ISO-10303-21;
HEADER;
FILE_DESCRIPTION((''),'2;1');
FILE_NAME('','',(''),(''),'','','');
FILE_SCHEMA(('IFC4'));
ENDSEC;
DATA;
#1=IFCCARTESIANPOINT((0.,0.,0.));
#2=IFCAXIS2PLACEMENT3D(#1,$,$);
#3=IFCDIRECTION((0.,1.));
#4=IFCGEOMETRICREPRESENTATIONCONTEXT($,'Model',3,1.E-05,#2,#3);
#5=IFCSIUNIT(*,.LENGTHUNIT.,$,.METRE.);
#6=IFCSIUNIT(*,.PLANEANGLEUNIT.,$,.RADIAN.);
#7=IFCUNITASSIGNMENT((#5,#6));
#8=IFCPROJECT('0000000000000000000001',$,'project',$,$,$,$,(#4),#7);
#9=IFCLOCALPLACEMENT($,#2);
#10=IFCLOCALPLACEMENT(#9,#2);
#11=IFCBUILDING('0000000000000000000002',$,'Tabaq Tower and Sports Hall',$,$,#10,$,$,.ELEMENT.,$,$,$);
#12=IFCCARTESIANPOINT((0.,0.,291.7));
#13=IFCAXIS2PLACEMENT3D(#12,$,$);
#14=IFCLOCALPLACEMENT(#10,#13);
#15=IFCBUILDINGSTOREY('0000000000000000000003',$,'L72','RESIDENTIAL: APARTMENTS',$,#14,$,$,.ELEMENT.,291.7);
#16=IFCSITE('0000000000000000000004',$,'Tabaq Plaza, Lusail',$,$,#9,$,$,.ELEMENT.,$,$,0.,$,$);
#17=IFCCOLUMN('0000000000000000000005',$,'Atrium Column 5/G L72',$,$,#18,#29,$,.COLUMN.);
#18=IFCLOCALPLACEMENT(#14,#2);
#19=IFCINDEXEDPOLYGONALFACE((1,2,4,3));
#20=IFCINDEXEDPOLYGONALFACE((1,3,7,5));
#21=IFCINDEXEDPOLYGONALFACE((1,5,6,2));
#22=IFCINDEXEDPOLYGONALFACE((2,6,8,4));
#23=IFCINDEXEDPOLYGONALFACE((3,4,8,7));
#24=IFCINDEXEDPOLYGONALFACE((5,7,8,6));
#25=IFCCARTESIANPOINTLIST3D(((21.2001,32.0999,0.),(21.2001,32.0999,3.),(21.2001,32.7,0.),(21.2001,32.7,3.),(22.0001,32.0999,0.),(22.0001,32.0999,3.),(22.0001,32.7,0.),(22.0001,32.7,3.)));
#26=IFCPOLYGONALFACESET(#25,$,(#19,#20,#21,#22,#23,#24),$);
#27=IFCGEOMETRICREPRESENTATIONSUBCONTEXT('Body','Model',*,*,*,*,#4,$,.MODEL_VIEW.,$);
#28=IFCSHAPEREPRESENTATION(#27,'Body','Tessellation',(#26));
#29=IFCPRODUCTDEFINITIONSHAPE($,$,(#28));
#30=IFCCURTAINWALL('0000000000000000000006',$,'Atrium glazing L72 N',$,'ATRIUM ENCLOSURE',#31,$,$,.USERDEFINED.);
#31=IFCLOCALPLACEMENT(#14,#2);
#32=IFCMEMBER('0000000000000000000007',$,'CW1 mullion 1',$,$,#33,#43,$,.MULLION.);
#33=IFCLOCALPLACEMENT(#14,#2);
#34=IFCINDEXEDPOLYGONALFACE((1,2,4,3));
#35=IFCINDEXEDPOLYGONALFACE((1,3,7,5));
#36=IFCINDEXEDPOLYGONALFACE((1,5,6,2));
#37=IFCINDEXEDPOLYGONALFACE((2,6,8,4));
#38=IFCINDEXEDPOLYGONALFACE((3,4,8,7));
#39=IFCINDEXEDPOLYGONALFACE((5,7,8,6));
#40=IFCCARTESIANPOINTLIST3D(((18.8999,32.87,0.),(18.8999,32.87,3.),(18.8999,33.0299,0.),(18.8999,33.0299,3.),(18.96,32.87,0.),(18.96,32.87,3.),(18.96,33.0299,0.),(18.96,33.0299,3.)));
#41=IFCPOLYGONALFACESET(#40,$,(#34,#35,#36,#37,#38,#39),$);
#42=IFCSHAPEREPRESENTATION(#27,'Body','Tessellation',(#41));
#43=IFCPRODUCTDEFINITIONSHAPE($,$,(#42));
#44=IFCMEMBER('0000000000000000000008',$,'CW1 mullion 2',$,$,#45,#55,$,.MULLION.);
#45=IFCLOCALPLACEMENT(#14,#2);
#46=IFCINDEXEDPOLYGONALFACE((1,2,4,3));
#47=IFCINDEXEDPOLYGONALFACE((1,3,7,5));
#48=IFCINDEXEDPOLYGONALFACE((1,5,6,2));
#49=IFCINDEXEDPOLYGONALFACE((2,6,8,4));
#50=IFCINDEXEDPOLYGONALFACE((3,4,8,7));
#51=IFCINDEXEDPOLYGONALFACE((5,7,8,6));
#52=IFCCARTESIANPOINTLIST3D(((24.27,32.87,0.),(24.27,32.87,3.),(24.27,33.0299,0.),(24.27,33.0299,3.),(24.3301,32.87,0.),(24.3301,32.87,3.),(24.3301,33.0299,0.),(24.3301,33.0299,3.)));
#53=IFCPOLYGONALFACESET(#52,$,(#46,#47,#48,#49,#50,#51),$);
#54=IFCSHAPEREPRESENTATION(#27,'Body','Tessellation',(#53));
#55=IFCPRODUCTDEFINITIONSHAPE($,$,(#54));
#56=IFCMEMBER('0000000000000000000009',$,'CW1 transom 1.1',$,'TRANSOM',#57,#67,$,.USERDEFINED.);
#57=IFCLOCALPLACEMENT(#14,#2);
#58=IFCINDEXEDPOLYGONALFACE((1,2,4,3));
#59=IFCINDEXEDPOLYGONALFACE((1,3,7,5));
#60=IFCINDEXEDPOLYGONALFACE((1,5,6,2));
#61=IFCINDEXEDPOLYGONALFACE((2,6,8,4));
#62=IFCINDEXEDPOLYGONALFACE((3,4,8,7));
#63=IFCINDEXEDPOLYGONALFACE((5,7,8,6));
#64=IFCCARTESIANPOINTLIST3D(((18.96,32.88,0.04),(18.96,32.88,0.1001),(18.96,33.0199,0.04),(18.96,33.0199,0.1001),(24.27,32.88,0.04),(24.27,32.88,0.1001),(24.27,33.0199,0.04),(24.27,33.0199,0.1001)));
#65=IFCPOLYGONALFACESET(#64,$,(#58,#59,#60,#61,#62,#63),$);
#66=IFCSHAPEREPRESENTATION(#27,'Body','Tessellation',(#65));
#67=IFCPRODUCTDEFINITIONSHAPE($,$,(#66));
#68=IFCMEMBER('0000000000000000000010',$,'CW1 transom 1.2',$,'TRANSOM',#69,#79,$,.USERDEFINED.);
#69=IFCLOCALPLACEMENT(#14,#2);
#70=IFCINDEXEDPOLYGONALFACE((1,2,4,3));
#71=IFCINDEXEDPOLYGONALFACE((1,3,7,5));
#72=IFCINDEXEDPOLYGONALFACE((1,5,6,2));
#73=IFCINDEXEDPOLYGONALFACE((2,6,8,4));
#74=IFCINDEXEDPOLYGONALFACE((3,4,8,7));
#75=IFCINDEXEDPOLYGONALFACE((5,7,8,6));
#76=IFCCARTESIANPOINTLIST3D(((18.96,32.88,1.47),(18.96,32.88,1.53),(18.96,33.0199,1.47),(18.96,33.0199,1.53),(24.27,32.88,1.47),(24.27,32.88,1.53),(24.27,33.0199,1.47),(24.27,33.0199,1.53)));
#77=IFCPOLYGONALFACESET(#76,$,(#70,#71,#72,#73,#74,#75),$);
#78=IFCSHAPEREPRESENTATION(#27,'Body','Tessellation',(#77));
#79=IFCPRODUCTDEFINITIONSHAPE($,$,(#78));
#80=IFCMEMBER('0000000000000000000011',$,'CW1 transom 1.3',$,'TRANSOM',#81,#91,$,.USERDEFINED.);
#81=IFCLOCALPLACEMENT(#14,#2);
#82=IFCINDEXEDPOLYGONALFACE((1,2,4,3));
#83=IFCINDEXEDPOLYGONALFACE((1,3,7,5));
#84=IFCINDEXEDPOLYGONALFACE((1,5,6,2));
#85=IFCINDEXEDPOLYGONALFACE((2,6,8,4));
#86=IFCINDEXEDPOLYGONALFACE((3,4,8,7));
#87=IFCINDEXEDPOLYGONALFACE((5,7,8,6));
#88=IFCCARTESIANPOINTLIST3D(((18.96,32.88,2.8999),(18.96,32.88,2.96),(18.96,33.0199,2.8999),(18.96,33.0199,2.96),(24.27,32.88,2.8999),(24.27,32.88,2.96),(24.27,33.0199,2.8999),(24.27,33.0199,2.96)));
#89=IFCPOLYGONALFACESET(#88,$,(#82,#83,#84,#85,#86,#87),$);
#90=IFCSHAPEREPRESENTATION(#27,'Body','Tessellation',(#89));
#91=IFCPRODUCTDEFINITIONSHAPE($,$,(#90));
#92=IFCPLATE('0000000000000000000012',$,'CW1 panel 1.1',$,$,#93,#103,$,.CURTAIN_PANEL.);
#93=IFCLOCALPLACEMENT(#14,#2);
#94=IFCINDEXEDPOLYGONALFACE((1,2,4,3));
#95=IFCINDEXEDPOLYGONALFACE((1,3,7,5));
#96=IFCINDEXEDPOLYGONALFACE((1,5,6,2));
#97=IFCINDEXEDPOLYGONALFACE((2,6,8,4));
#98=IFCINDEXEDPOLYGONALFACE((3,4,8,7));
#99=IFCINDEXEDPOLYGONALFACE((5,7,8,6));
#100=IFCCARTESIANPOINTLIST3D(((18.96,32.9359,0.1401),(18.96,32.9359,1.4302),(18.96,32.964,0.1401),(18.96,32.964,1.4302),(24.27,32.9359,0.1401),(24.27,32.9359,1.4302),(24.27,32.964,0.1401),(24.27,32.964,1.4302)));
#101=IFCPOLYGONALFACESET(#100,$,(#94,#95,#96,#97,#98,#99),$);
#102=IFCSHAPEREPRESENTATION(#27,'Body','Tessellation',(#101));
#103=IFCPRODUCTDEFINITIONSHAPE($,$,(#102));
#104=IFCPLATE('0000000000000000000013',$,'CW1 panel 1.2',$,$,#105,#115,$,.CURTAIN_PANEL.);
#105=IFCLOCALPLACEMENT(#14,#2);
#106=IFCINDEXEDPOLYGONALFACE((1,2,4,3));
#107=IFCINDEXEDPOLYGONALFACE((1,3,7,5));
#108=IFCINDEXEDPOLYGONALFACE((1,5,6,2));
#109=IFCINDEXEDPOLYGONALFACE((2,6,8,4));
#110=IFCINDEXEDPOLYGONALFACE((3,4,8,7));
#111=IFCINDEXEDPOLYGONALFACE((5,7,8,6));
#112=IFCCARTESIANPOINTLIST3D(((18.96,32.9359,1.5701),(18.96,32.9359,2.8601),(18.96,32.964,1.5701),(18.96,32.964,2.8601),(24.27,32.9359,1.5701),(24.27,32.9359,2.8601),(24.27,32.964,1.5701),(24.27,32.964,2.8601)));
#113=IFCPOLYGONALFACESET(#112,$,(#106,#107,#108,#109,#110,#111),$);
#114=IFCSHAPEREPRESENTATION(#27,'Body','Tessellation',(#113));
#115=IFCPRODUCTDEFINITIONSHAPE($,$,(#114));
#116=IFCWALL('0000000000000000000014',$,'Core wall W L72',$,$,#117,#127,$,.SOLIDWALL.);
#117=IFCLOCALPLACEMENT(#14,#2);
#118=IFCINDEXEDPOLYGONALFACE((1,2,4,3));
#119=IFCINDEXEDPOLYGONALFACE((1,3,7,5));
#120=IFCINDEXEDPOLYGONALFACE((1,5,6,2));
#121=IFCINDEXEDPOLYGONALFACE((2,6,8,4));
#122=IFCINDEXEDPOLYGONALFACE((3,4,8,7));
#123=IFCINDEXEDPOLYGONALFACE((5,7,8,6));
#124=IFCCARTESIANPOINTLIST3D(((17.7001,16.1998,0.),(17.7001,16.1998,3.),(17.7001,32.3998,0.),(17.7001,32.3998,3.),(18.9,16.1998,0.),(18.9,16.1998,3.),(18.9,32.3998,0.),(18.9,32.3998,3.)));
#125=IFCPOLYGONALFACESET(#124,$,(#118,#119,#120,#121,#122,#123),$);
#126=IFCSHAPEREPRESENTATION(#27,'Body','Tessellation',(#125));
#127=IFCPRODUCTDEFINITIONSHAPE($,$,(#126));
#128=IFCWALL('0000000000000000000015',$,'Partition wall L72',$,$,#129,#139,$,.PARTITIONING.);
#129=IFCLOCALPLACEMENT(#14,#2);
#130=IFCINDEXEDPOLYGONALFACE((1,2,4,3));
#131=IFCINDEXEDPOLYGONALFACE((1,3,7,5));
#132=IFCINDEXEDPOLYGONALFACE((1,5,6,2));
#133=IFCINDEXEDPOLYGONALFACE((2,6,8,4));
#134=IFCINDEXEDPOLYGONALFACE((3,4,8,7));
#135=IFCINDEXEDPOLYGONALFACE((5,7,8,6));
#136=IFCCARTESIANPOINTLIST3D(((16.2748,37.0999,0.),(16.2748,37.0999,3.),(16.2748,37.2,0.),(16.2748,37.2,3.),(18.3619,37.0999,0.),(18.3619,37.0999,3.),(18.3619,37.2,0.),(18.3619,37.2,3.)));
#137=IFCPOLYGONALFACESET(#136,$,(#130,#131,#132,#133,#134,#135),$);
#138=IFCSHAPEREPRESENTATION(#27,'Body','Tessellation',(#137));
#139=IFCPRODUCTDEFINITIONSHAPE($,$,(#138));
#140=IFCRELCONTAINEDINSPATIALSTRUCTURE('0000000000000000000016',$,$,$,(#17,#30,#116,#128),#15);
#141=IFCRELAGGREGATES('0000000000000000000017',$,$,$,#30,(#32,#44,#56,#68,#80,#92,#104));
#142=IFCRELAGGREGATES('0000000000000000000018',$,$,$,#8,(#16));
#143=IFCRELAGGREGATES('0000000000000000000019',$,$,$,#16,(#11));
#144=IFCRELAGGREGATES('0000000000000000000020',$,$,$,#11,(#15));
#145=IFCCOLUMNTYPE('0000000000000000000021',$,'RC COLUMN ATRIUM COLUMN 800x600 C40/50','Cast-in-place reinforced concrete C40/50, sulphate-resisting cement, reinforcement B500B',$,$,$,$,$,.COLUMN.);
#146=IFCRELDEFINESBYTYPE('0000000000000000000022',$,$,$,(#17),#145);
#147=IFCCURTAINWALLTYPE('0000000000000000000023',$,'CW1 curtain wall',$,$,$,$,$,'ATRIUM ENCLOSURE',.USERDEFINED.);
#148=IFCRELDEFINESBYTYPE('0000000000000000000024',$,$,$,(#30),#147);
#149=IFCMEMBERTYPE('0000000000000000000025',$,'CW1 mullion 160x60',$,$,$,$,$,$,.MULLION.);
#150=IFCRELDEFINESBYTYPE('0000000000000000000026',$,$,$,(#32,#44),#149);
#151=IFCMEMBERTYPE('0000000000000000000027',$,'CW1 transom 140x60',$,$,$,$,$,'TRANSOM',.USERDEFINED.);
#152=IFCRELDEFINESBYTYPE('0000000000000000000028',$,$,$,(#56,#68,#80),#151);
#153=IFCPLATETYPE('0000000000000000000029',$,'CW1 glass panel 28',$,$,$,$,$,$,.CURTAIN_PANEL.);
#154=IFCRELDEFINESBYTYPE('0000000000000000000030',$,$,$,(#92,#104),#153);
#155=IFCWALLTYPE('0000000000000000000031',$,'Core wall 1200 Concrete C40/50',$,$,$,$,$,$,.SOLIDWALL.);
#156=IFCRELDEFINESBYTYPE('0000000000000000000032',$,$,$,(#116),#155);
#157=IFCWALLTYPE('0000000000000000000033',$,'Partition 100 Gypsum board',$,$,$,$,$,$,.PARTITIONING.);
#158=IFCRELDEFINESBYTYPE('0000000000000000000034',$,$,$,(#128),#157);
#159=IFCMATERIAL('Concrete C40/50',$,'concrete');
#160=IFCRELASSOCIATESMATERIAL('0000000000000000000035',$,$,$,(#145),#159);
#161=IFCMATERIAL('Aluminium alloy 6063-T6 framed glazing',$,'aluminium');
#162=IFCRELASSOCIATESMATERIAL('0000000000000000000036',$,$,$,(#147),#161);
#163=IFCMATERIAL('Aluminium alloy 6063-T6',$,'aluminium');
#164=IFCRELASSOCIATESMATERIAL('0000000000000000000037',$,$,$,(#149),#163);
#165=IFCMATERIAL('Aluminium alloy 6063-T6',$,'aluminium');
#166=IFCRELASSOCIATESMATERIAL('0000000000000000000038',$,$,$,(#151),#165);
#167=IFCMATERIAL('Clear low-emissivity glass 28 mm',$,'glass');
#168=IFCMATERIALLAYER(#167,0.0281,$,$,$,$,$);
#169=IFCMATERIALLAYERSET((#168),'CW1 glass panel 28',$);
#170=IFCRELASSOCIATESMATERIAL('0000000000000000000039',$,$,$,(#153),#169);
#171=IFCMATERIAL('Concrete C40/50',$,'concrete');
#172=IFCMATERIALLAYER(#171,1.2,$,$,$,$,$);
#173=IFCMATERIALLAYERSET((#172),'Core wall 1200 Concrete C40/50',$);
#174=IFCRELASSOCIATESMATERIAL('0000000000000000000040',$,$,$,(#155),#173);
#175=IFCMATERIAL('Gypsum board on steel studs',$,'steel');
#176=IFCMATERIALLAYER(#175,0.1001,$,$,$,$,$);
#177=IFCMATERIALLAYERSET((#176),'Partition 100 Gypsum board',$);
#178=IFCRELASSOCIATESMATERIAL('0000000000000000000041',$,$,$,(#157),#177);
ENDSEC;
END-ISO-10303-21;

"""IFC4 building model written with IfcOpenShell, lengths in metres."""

from ifc_helpers import new_model, si_unit, direction, frame, frame_2d, origin, origin_2d, place, context, subcontext, project, spatial, rectangle, extrude, material, layer, layer_set, material_profile, profile_set, type_object, element, aggregate, save


model = new_model("IFC4")

# Units and contexts
model_context = context("Model", 3, precision=1e-05, world=origin(), true_north=direction((0.0, 1.0)))
body_context = subcontext(model_context, "Body", "Model", "MODEL_VIEW")
ifc_project = project(units=[si_unit("LENGTHUNIT", "METRE"), si_unit("PLANEANGLEUNIT", "RADIAN")], contexts=[model_context])

# Site, building, storey
site_placement = place(None, origin())
site = spatial("IfcSite", under=ifc_project, at=site_placement, Name="Tabaq Plaza, Lusail", CompositionType="ELEMENT", RefElevation=0.0)
building_placement = place(site_placement, origin())
building = spatial("IfcBuilding", under=site, at=building_placement, Name="Tabaq Tower and Sports Hall", CompositionType="ELEMENT")
storey_placement = place(building_placement, frame((0.0, 0.0, 291.7)))
storey = spatial("IfcBuildingStorey", under=building, at=storey_placement, Name="L72", Description="RESIDENTIAL: APARTMENTS", CompositionType="ELEMENT", Elevation=291.7)

# Column
ifc_material_1 = material(Name="Concrete C40/50", Category="concrete")
ifc_material_profile_1 = material_profile(ifc_material_1, rectangle(XDim=0.8, YDim=0.6001, at=origin_2d()), Name="ATRIUM COLUMN 800x600")
ifc_profile_set_1 = profile_set([ifc_material_profile_1], Name="Concrete C40/50")
column_type = type_object("IfcColumnType", Name="RC COLUMN ATRIUM COLUMN 800x600 C40/50", Description="Cast-in-place reinforced concrete C40/50, sulphate-resisting cement, reinforcement B500B", PredefinedType="COLUMN", material=ifc_profile_set_1)
column_placement = place(storey_placement, frame((21.6001, 32.3999, 0.0), z_axis=(0.0, 0.0, 1.0), x_axis=(1.0, 0.0, 0.0)))
element("IfcColumn", 1, at=column_placement, inside=storey, type_object=column_type, Name="Atrium Column 5/G L72", PredefinedType="COLUMN", context=body_context, shape_type="SweptSolid", body=[
    extrude(rectangle(XDim=0.8, YDim=0.6001, at=origin_2d()), origin(), (0.0, 0.0, 1.0), 3.0),
])

# Curtain wall, members, plates
ifc_material_2 = material(Name="Aluminium alloy 6063-T6 framed glazing", Category="aluminium")
curtain_wall_type = type_object("IfcCurtainWallType", Name="CW1 curtain wall", ElementType="ATRIUM ENCLOSURE", PredefinedType="USERDEFINED", material=ifc_material_2)
curtain_wall_placement = place(storey_placement, origin())
curtain_wall = element("IfcCurtainWall", 2, at=curtain_wall_placement, inside=storey, type_object=curtain_wall_type, Name="Atrium glazing L72 N", ObjectType="ATRIUM ENCLOSURE", PredefinedType="USERDEFINED")
ifc_material_3 = material(Name="Aluminium alloy 6063-T6", Category="aluminium")
ifc_material_profile_2 = material_profile(ifc_material_3, rectangle(XDim=0.1599, YDim=0.0601, at=origin_2d()), Name="MULLION 160x60")
ifc_profile_set_2 = profile_set([ifc_material_profile_2], Name="Aluminium alloy 6063-T6")
member_type_1 = type_object("IfcMemberType", Name="CW1 mullion 160x60", PredefinedType="MULLION", material=ifc_profile_set_2)
member_1_placement = place(storey_placement, frame((18.9299, 32.95, 0.0), z_axis=(0.0, 0.0, 1.0), x_axis=(0.0, 1.0, 0.0)))
member_1 = element("IfcMember", 3, at=member_1_placement, type_object=member_type_1, Name="CW1 mullion 1", PredefinedType="MULLION", context=body_context, shape_type="SweptSolid", body=[
    extrude(rectangle(XDim=0.1599, YDim=0.0601, at=origin_2d()), origin(), (0.0, 0.0, 1.0), 3.0),
])
member_2_placement = place(storey_placement, frame((24.3, 32.95, 0.0), z_axis=(0.0, 0.0, 1.0), x_axis=(0.0, 1.0, 0.0)))
member_2 = element("IfcMember", 4, at=member_2_placement, type_object=member_type_1, Name="CW1 mullion 2", PredefinedType="MULLION", context=body_context, shape_type="SweptSolid", body=[
    extrude(rectangle(XDim=0.1599, YDim=0.0601, at=origin_2d()), origin(), (0.0, 0.0, 1.0), 3.0),
])
ifc_material_4 = material(Name="Aluminium alloy 6063-T6", Category="aluminium")
ifc_material_profile_3 = material_profile(ifc_material_4, rectangle(XDim=0.1399, YDim=0.0601, at=origin_2d()), Name="TRANSOM 140x60")
ifc_profile_set_3 = profile_set([ifc_material_profile_3], Name="Aluminium alloy 6063-T6")
member_type_2 = type_object("IfcMemberType", Name="CW1 transom 140x60", ElementType="TRANSOM", PredefinedType="USERDEFINED", material=ifc_profile_set_3)
member_3_placement = place(storey_placement, frame((18.96, 32.95, 0.0701), z_axis=(1.0, 0.0, 0.0), x_axis=(0.0, 1.0, 0.0)))
member_3 = element("IfcMember", 5, at=member_3_placement, type_object=member_type_2, Name="CW1 transom 1.1", ObjectType="TRANSOM", PredefinedType="USERDEFINED", context=body_context, shape_type="SweptSolid", body=[
    extrude(rectangle(XDim=0.1399, YDim=0.0601, at=origin_2d()), origin(), (0.0, 0.0, 1.0), 5.3101),
])
member_4_placement = place(storey_placement, frame((18.96, 32.95, 1.5), z_axis=(1.0, 0.0, 0.0), x_axis=(0.0, 1.0, 0.0)))
member_4 = element("IfcMember", 6, at=member_4_placement, type_object=member_type_2, Name="CW1 transom 1.2", ObjectType="TRANSOM", PredefinedType="USERDEFINED", context=body_context, shape_type="SweptSolid", body=[
    extrude(rectangle(XDim=0.1399, YDim=0.0601, at=origin_2d()), origin(), (0.0, 0.0, 1.0), 5.3101),
])
member_5_placement = place(storey_placement, frame((18.96, 32.95, 2.9299), z_axis=(1.0, 0.0, 0.0), x_axis=(0.0, 1.0, 0.0)))
member_5 = element("IfcMember", 7, at=member_5_placement, type_object=member_type_2, Name="CW1 transom 1.3", ObjectType="TRANSOM", PredefinedType="USERDEFINED", context=body_context, shape_type="SweptSolid", body=[
    extrude(rectangle(XDim=0.1399, YDim=0.0601, at=origin_2d()), origin(), (0.0, 0.0, 1.0), 5.3101),
])
ifc_material_5 = material(Name="Clear low-emissivity glass 28 mm", Category="glass")
ifc_layer_1 = layer(ifc_material_5, 0.0281)
ifc_layer_set_1 = layer_set([ifc_layer_1], Name="CW1 glass panel 28")
plate_type = type_object("IfcPlateType", Name="CW1 glass panel 28", PredefinedType="CURTAIN_PANEL", material=ifc_layer_set_1)
plate_1_placement = place(storey_placement, frame((21.615, 32.95, 0.1401), z_axis=(0.0, 0.0, 1.0), x_axis=(1.0, 0.0, 0.0)))
plate_1 = element("IfcPlate", 8, at=plate_1_placement, type_object=plate_type, Name="CW1 panel 1.1", PredefinedType="CURTAIN_PANEL", context=body_context, shape_type="SweptSolid", body=[
    extrude(rectangle(XDim=5.3101, YDim=0.0281, at=origin_2d()), origin(), (0.0, 0.0, 1.0), 1.29),
])
plate_2_placement = place(storey_placement, frame((21.615, 32.95, 1.5701), z_axis=(0.0, 0.0, 1.0), x_axis=(1.0, 0.0, 0.0)))
plate_2 = element("IfcPlate", 9, at=plate_2_placement, type_object=plate_type, Name="CW1 panel 1.2", PredefinedType="CURTAIN_PANEL", context=body_context, shape_type="SweptSolid", body=[
    extrude(rectangle(XDim=5.3101, YDim=0.0281, at=origin_2d()), origin(), (0.0, 0.0, 1.0), 1.29),
])
aggregate(curtain_wall, [member_1, member_2, member_3, member_4, member_5, plate_1, plate_2])

# Walls
ifc_material_6 = material(Name="Concrete C40/50", Category="concrete")
ifc_layer_2 = layer(ifc_material_6, 1.2)
ifc_layer_set_2 = layer_set([ifc_layer_2], Name="Core wall 1200 Concrete C40/50")
wall_type_1 = type_object("IfcWallType", Name="Core wall 1200 Concrete C40/50", PredefinedType="SOLIDWALL", material=ifc_layer_set_2)
wall_1_placement = place(storey_placement, frame((18.3, 32.3999, 0.0), z_axis=(0.0, 0.0, 1.0), x_axis=(0.0, -1.0, 0.0)))
element("IfcWall", 10, at=wall_1_placement, inside=storey, type_object=wall_type_1, Name="Core wall W L72", PredefinedType="SOLIDWALL", context=body_context, shape_type="SweptSolid", body=[
    extrude(rectangle(XDim=16.2, YDim=1.2, at=frame_2d((8.1001, 0.0))), origin(), (0.0, 0.0, 1.0), 3.0),
])
ifc_material_7 = material(Name="Gypsum board on steel studs", Category="steel")
ifc_layer_3 = layer(ifc_material_7, 0.1001)
ifc_layer_set_3 = layer_set([ifc_layer_3], Name="Partition 100 Gypsum board")
wall_type_2 = type_object("IfcWallType", Name="Partition 100 Gypsum board", PredefinedType="PARTITIONING", material=ifc_layer_set_3)
wall_2_placement = place(storey_placement, frame((16.2749, 37.1499, 0.0), z_axis=(0.0, 0.0, 1.0), x_axis=(1.0, 0.0, 0.0)))
element("IfcWall", 11, at=wall_2_placement, inside=storey, type_object=wall_type_2, Name="Partition wall L72", PredefinedType="PARTITIONING", context=body_context, shape_type="SweptSolid", body=[
    extrude(rectangle(XDim=2.0872, YDim=0.1001, at=frame_2d((1.0435, 0.0))), origin(), (0.0, 0.0, 1.0), 3.0),
])

save(model, "model.ifc")
